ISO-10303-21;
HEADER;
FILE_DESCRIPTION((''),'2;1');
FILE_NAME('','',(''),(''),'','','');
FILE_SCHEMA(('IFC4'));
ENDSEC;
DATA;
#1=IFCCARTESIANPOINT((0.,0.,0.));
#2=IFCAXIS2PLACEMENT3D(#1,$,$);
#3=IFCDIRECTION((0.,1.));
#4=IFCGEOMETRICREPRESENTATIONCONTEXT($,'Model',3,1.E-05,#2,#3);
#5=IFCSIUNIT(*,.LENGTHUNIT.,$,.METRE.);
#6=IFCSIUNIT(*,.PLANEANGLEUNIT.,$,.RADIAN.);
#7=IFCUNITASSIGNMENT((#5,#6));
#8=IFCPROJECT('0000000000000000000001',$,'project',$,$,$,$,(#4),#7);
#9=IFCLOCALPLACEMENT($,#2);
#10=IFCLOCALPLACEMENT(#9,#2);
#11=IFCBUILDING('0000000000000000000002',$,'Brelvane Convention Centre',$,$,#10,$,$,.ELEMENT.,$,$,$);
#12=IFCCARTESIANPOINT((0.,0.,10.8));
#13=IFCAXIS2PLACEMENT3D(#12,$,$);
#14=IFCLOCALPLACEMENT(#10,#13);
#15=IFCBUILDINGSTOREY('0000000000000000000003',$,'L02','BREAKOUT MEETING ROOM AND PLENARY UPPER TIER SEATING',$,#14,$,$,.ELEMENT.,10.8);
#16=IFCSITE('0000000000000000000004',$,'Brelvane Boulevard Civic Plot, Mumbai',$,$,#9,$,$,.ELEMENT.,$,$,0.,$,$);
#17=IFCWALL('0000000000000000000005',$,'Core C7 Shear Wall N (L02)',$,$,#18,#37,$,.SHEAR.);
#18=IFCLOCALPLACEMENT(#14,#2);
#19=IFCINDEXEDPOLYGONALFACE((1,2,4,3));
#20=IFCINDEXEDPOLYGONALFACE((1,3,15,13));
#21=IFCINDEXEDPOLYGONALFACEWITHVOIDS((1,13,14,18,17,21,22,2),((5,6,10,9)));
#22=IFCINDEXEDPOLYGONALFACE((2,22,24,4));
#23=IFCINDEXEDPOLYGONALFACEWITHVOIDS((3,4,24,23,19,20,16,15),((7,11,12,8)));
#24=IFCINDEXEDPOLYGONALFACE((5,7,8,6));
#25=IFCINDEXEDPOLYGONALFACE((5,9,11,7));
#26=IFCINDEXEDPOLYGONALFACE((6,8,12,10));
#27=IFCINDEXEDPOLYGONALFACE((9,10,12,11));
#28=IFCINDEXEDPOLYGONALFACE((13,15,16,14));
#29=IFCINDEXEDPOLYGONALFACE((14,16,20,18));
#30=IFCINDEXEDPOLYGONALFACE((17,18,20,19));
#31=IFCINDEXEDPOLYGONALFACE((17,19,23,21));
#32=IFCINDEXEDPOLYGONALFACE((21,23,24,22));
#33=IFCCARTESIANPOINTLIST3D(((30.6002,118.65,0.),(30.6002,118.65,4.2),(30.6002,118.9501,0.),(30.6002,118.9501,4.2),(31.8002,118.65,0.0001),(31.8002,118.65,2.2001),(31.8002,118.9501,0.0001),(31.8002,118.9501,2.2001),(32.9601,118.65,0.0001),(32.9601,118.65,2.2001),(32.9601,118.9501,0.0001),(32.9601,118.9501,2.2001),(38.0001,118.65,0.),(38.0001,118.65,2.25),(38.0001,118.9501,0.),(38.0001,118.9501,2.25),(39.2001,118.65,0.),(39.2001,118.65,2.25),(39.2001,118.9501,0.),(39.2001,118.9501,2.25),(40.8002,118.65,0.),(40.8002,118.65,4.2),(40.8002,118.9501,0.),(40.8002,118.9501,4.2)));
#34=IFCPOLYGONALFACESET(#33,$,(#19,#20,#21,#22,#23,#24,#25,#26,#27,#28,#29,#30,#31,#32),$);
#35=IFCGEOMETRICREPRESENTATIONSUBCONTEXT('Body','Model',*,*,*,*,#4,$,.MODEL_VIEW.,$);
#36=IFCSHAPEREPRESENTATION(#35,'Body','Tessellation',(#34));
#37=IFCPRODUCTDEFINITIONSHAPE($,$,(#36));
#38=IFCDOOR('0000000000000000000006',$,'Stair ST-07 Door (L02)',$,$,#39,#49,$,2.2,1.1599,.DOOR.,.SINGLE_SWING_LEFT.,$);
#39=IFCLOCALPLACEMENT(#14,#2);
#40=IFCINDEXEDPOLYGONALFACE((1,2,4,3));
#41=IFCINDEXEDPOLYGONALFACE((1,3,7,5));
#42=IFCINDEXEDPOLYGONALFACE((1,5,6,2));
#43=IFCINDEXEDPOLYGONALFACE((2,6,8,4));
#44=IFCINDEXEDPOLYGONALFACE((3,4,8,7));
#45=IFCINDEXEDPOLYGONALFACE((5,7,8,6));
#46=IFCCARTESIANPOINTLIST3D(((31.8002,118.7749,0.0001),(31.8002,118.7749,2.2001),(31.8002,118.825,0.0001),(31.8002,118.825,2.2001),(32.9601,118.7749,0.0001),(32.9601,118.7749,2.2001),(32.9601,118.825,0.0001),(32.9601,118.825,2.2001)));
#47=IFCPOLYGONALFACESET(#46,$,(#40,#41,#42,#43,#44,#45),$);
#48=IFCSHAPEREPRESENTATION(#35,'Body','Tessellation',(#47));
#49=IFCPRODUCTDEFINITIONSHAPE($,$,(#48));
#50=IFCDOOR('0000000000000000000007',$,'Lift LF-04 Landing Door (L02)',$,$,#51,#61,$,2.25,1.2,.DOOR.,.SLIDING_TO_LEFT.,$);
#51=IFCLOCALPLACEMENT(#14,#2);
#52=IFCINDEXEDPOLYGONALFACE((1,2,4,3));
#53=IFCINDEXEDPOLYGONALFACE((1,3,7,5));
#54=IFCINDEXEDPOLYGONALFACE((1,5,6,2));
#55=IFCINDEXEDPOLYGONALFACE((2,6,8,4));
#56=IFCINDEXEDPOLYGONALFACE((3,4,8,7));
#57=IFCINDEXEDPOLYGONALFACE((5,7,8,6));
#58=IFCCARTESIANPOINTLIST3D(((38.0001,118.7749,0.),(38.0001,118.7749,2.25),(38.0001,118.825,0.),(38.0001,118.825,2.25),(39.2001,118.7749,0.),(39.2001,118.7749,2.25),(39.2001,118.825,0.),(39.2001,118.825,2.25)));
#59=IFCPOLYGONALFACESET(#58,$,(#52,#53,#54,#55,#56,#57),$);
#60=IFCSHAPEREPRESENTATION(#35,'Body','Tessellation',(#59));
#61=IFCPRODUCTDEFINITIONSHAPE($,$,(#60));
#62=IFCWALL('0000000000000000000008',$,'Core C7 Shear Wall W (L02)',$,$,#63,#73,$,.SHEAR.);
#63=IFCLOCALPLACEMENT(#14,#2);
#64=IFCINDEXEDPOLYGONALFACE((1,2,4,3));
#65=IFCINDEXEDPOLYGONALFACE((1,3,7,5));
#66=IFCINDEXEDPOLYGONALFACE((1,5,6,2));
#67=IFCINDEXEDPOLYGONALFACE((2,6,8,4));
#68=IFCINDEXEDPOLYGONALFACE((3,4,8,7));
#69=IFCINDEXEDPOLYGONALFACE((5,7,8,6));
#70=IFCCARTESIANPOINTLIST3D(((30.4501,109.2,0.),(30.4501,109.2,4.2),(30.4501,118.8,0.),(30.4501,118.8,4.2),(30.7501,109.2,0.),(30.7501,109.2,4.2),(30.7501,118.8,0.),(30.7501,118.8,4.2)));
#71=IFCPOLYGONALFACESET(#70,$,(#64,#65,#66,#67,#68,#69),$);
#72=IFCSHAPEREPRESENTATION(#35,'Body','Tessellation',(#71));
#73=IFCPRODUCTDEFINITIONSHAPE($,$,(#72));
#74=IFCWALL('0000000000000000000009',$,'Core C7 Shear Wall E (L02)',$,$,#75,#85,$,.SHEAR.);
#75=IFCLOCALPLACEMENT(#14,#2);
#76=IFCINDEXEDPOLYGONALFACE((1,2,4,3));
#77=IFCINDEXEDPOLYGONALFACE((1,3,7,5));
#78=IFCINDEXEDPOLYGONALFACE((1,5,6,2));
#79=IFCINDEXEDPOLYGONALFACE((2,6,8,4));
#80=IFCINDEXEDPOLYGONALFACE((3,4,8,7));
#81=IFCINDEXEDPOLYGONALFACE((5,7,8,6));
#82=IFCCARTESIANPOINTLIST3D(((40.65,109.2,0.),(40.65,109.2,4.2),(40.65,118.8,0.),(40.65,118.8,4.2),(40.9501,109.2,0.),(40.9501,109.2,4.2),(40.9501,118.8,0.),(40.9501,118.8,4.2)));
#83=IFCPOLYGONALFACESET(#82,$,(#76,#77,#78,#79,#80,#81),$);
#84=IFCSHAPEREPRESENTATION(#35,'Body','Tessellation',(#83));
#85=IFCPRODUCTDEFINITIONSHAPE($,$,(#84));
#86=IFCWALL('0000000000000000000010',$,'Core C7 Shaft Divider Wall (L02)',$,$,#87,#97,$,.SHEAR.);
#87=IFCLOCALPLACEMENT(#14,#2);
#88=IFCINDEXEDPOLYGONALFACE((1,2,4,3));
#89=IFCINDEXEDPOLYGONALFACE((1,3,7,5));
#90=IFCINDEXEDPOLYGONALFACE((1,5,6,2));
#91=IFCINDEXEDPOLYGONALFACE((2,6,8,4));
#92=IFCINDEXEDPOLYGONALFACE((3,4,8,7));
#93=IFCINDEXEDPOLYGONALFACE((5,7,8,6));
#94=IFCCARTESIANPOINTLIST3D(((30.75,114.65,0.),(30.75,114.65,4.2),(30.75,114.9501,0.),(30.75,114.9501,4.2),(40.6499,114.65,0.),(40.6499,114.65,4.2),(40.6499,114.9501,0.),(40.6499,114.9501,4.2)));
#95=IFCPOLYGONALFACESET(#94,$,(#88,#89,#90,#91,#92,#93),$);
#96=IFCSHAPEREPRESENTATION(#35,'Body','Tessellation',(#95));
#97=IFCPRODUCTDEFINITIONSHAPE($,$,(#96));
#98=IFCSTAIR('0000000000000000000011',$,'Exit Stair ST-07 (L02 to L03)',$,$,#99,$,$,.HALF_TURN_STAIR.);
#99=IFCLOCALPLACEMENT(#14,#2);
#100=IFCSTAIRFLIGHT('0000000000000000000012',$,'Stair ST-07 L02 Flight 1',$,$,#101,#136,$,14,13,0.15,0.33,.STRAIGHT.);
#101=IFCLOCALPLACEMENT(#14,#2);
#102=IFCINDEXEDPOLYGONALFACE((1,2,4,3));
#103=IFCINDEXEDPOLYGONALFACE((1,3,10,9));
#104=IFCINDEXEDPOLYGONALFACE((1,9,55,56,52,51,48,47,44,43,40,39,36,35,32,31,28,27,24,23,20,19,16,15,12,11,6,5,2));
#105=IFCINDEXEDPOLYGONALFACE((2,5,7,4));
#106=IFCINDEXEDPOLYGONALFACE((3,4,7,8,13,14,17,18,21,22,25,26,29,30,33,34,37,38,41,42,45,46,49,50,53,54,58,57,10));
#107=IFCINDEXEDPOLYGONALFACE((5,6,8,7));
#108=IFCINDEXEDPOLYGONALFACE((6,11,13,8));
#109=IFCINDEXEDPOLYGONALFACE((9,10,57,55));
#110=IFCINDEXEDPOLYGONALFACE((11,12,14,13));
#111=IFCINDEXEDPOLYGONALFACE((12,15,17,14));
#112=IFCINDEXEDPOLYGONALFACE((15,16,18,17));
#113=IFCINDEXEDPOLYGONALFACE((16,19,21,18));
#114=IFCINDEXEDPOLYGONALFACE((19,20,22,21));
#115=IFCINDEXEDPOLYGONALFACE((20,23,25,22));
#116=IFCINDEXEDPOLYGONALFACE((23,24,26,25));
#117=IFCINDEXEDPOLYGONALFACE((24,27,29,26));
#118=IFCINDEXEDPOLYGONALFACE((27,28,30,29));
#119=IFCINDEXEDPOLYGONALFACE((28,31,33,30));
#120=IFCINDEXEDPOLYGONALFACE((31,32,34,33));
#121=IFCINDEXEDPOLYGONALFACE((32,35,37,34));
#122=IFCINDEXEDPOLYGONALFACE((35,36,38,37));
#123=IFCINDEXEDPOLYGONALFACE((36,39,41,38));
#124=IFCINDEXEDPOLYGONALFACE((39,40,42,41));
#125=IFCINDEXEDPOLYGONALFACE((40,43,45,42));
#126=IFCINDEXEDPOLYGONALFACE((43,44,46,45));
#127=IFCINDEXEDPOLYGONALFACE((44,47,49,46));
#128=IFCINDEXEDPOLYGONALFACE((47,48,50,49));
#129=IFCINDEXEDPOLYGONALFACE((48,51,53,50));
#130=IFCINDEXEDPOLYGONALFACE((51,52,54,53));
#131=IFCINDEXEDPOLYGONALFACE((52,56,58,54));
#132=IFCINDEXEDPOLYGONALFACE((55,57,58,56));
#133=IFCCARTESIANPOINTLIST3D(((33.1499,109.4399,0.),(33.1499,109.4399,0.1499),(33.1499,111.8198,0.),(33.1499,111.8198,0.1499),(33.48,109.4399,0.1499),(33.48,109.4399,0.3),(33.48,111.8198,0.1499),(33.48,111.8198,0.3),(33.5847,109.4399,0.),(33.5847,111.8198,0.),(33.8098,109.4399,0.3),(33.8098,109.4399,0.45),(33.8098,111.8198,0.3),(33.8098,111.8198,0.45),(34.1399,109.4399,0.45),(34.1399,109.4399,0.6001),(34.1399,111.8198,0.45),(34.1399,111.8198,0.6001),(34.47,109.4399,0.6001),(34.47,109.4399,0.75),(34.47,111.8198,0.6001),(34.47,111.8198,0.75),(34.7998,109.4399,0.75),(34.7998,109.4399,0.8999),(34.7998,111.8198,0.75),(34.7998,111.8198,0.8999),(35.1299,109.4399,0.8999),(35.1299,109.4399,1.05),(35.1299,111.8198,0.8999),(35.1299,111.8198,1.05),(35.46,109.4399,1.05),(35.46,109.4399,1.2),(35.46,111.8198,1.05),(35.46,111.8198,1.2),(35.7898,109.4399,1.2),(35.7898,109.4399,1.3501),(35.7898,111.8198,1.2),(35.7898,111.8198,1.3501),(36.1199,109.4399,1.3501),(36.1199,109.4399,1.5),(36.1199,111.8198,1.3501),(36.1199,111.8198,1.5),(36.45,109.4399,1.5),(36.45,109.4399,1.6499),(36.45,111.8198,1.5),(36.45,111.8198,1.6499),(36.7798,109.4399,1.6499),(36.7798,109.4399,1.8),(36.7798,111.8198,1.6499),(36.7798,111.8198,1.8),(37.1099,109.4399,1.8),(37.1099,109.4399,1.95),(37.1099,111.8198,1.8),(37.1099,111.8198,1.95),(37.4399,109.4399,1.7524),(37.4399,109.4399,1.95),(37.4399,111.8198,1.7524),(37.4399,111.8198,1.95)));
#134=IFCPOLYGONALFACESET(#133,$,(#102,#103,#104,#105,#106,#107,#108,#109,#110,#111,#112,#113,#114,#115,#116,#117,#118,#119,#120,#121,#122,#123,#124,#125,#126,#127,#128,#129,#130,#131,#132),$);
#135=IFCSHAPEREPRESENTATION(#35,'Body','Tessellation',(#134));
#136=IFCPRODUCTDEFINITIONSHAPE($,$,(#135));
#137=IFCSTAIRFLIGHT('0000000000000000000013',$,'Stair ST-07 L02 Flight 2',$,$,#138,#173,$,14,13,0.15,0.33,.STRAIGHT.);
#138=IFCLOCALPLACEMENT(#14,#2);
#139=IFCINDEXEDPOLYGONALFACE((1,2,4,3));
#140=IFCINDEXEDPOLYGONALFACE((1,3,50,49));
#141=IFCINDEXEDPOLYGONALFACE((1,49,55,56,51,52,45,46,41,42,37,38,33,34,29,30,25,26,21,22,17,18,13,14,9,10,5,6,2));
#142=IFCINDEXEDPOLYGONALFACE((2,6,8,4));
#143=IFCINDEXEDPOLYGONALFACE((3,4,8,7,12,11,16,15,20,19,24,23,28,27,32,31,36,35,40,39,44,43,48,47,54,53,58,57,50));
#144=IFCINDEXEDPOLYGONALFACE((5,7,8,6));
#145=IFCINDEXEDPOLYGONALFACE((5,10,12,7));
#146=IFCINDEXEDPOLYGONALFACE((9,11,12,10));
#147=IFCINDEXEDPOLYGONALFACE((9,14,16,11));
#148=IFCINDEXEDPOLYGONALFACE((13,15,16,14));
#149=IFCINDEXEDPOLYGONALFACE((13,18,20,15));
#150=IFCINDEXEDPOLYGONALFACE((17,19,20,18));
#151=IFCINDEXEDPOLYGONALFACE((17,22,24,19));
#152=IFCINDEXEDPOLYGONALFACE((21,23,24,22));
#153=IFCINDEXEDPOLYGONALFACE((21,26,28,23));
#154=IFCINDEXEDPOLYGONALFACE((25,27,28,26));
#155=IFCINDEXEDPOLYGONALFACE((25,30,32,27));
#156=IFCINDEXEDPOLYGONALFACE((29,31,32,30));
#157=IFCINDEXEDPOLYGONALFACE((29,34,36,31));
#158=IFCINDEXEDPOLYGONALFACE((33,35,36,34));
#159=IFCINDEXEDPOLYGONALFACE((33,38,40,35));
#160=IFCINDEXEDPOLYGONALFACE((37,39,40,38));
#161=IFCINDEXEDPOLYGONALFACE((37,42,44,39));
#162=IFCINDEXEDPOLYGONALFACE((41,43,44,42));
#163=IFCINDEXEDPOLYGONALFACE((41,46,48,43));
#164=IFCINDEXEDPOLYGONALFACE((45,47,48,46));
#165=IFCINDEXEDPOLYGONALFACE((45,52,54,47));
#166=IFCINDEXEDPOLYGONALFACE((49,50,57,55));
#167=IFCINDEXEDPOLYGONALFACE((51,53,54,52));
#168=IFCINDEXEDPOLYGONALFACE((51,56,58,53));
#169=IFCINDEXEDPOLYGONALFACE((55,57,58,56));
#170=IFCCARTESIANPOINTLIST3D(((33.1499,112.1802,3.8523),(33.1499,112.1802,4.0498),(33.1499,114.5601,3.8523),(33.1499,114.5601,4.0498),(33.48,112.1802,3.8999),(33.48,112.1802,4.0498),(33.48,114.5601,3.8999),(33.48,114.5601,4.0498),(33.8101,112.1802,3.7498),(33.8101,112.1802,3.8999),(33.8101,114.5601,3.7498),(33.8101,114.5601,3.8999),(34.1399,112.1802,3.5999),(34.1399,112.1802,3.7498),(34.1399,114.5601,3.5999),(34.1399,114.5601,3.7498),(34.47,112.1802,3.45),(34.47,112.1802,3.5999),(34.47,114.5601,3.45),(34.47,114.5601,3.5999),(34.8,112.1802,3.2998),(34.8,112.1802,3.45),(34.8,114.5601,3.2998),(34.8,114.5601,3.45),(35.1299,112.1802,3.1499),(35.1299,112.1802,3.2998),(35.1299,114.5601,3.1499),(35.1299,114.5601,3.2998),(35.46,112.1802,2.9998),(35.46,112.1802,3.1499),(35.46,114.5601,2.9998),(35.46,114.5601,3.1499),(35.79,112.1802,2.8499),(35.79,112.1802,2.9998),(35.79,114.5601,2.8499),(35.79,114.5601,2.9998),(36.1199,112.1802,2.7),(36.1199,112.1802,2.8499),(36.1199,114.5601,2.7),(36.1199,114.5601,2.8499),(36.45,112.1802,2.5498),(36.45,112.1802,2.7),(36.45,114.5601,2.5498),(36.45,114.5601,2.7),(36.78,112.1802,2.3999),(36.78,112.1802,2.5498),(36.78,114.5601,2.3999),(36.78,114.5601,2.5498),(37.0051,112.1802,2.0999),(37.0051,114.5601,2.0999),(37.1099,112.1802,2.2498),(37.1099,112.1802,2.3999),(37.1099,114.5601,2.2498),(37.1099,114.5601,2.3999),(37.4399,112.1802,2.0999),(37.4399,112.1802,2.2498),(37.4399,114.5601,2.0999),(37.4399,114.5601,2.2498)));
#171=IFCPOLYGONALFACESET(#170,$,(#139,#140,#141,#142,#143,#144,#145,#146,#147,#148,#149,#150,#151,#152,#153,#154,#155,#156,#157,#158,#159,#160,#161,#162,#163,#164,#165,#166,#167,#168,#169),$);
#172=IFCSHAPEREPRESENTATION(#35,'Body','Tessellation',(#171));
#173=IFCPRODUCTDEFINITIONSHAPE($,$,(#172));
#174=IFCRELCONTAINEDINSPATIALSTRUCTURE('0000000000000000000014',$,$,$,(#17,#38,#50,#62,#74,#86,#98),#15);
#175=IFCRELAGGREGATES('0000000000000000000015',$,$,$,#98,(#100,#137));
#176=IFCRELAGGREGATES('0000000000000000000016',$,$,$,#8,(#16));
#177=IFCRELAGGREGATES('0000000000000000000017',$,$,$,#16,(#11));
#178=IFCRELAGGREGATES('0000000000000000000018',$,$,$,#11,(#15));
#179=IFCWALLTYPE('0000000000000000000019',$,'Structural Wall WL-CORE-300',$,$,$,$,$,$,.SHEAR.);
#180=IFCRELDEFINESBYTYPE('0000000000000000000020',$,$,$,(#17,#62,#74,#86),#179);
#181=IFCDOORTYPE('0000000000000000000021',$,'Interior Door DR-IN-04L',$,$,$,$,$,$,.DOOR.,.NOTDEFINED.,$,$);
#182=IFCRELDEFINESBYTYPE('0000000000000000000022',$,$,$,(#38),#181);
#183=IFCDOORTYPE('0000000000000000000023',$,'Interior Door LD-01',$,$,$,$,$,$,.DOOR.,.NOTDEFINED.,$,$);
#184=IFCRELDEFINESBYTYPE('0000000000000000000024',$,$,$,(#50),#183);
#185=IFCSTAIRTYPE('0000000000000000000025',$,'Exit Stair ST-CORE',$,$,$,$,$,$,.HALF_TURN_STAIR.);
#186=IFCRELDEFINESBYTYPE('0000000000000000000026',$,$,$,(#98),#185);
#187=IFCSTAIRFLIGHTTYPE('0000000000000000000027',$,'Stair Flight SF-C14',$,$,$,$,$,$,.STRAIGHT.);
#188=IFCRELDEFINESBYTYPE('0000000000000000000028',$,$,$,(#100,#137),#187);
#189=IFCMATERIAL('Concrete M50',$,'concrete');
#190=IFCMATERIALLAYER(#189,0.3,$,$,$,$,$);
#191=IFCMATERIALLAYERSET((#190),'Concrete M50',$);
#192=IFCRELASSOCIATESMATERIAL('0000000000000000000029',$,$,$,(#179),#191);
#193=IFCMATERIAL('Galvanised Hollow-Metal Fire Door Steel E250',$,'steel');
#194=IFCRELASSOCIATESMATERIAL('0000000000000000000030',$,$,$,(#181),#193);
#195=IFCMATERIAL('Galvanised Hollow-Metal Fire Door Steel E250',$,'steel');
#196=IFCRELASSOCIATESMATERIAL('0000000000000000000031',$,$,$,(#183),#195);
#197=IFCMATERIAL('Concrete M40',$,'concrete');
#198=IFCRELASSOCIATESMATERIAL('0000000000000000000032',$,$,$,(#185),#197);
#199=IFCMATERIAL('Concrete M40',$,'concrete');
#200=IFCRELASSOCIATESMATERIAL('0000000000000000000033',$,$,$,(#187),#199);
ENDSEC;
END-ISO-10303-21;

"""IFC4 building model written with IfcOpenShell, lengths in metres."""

from ifc_helpers import new_model, si_unit, direction, frame, frame_2d, origin, place, context, subcontext, project, spatial, polyline, rectangle, outline, extrude, material, layer, layer_set, type_object, element, fill, aggregate, save


model = new_model("IFC4")

# Units and contexts
model_context = context("Model", 3, precision=1e-05, world=origin(), true_north=direction((0.0, 1.0)))
body_context = subcontext(model_context, "Body", "Model", "MODEL_VIEW")
ifc_project = project(units=[si_unit("LENGTHUNIT", "METRE"), si_unit("PLANEANGLEUNIT", "RADIAN")], contexts=[model_context])

# Site, building, storey
site_placement = place(None, origin())
site = spatial("IfcSite", under=ifc_project, at=site_placement, Name="Brelvane Boulevard Civic Plot, Mumbai", CompositionType="ELEMENT", RefElevation=0.0)
building_placement = place(site_placement, origin())
building = spatial("IfcBuilding", under=site, at=building_placement, Name="Brelvane Convention Centre", CompositionType="ELEMENT")
storey_placement = place(building_placement, frame((0.0, 0.0, 10.8)))
storey = spatial("IfcBuildingStorey", under=building, at=storey_placement, Name="L02", Description="BREAKOUT MEETING ROOM AND PLENARY UPPER TIER SEATING", CompositionType="ELEMENT", Elevation=10.8)

# Shared definitions
ifc_material_1 = material(Name="Concrete M50", Category="concrete")
ifc_layer_1 = layer(ifc_material_1, 0.3)
ifc_layer_set_1 = layer_set([ifc_layer_1], Name="Concrete M50")
wall_type_1 = type_object("IfcWallType", Name="Structural Wall WL-CORE-300", PredefinedType="SHEAR", material=ifc_layer_set_1)

# Wall, openings, doors
wall_1_placement = place(storey_placement, frame((30.6001, 118.8, 0.0), z_axis=(0.0, 0.0, 1.0), x_axis=(1.0, 0.0, 0.0)))
wall_1 = element("IfcWall", 1, at=wall_1_placement, inside=storey, type_object=wall_type_1, Name="Core C7 Shear Wall N (L02)", PredefinedType="SHEAR", context=body_context, shape_type="SweptSolid", body=[
    extrude(rectangle(XDim=10.2, YDim=0.3, at=frame_2d((5.1001, 0.0))), origin(), (0.0, 0.0, 1.0), 4.2),
])
opening_1_placement = place(wall_1_placement, frame((1.2, 0.0, 0.0)))
opening_1 = element("IfcOpeningElement", 2, at=opening_1_placement, cuts=wall_1, PredefinedType="OPENING", context=body_context, shape_type="SweptSolid", body=[
    extrude(rectangle(XDim=1.1599, YDim=2.2, at=frame_2d((0.5801, 1.1001))), frame((0.0, 0.1599, 0.0), z_axis=(0.0, -1.0, 0.0), x_axis=(1.0, 0.0, 0.0)), (0.0, 0.0, 1.0), 0.3201),
])
opening_2_placement = place(wall_1_placement, frame((7.3999, 0.0, 0.0)))
opening_2 = element("IfcOpeningElement", 3, at=opening_2_placement, cuts=wall_1, PredefinedType="OPENING", context=body_context, shape_type="SweptSolid", body=[
    extrude(rectangle(XDim=1.2, YDim=2.25, at=frame_2d((0.6001, 1.125))), frame((0.0, 0.1599, 0.0), z_axis=(0.0, -1.0, 0.0), x_axis=(1.0, 0.0, 0.0)), (0.0, 0.0, 1.0), 0.3201),
])
ifc_material_2 = material(Name="Galvanised Hollow-Metal Fire Door Steel E250", Category="steel")
door_type_1 = type_object("IfcDoorType", Name="Interior Door DR-IN-04L", OperationType="NOTDEFINED", PredefinedType="DOOR", material=ifc_material_2)
door_1_placement = place(opening_1_placement, origin())
door_1 = element("IfcDoor", 4, at=door_1_placement, inside=storey, type_object=door_type_1, Name="Stair ST-07 Door (L02)", OperationType="SINGLE_SWING_LEFT", OverallHeight=2.2, OverallWidth=1.1599, PredefinedType="DOOR", context=body_context, shape_type="SweptSolid", body=[
    extrude(rectangle(XDim=1.1599, YDim=2.2, at=frame_2d((0.5801, 1.1001))), frame((0.0, 0.0249, 0.0), z_axis=(0.0, -1.0, 0.0), x_axis=(1.0, 0.0, 0.0)), (0.0, 0.0, 1.0), 0.05),
])
fill(opening_1, door_1)
ifc_material_3 = material(Name="Galvanised Hollow-Metal Fire Door Steel E250", Category="steel")
door_type_2 = type_object("IfcDoorType", Name="Interior Door LD-01", OperationType="NOTDEFINED", PredefinedType="DOOR", material=ifc_material_3)
door_2_placement = place(opening_2_placement, origin())
door_2 = element("IfcDoor", 5, at=door_2_placement, inside=storey, type_object=door_type_2, Name="Lift LF-04 Landing Door (L02)", OperationType="SLIDING_TO_LEFT", OverallHeight=2.25, OverallWidth=1.2, PredefinedType="DOOR", context=body_context, shape_type="SweptSolid", body=[
    extrude(rectangle(XDim=1.2, YDim=2.25, at=frame_2d((0.6001, 1.125))), frame((0.0, 0.0249, 0.0), z_axis=(0.0, -1.0, 0.0), x_axis=(1.0, 0.0, 0.0)), (0.0, 0.0, 1.0), 0.05),
])
fill(opening_2, door_2)

# Walls
for number, where, z_axis, x_axis, name in (
    (6, (30.6001, 109.2, 0.0), (0.0, 0.0, 1.0), (0.0, 1.0, 0.0), "Core C7 Shear Wall W (L02)"),
    (7, (40.8, 109.2, 0.0), (0.0, 0.0, 1.0), (0.0, 1.0, 0.0), "Core C7 Shear Wall E (L02)"),
):
    element("IfcWall", number, at=place(storey_placement, frame(where, z_axis=z_axis, x_axis=x_axis)), inside=storey, type_object=wall_type_1, Name=name, PredefinedType="SHEAR", context=body_context, shape_type="SweptSolid", body=[
        extrude(rectangle(XDim=9.6001, YDim=0.3, at=frame_2d((4.8, 0.0))), origin(), (0.0, 0.0, 1.0), 4.2),
    ])
wall_2_placement = place(storey_placement, frame((30.75, 114.8, 0.0), z_axis=(0.0, 0.0, 1.0), x_axis=(1.0, 0.0, 0.0)))
element("IfcWall", 8, at=wall_2_placement, inside=storey, type_object=wall_type_1, Name="Core C7 Shaft Divider Wall (L02)", PredefinedType="SHEAR", context=body_context, shape_type="SweptSolid", body=[
    extrude(rectangle(XDim=9.8999, YDim=0.3, at=frame_2d((4.95, 0.0))), origin(), (0.0, 0.0, 1.0), 4.2),
])

# Stair, stair flights
ifc_material_4 = material(Name="Concrete M40", Category="concrete")
stair_type = type_object("IfcStairType", Name="Exit Stair ST-CORE", PredefinedType="HALF_TURN_STAIR", material=ifc_material_4)
stair_placement = place(storey_placement, origin())
stair = element("IfcStair", 9, at=stair_placement, inside=storey, type_object=stair_type, Name="Exit Stair ST-07 (L02 to L03)", PredefinedType="HALF_TURN_STAIR")
ifc_material_5 = material(Name="Concrete M40", Category="concrete")
stair_flight_type = type_object("IfcStairFlightType", Name="Stair Flight SF-C14", PredefinedType="STRAIGHT", material=ifc_material_5)
stair_flight_1_placement = place(storey_placement, frame((33.1499, 110.6299, 0.0), z_axis=(0.0, 0.0, 1.0), x_axis=(1.0, 0.0, 0.0)))
stair_flight_1 = element("IfcStairFlight", 10, at=stair_flight_1_placement, type_object=stair_flight_type, Name="Stair ST-07 L02 Flight 1", NumberOfRisers=14, NumberOfTreads=13, PredefinedType="STRAIGHT", RiserHeight=0.15, TreadLength=0.33, context=body_context, shape_type="SweptSolid", body=[
    extrude(outline(polyline([(0.0, 0.0), (0.0, 0.1499), (0.3301, 0.1499), (0.3301, 0.3), (0.6599, 0.3), (0.6599, 0.45), (0.99, 0.45), (0.99, 0.6001), (1.3201, 0.6001), (1.3201, 0.75), (1.6499, 0.75), (1.6499, 0.8999), (1.98, 0.8999), (1.98, 1.05), (2.3101, 1.05), (2.3101, 1.2), (2.6399, 1.2), (2.6399, 1.3501), (2.97, 1.3501), (2.97, 1.5), (3.3, 1.5), (3.3, 1.6499), (3.6299, 1.6499), (3.6299, 1.8), (3.96, 1.8), (3.96, 1.95), (4.29, 1.95), (4.29, 2.1001), (4.29, 1.7524), (0.4348, 0.0), (0.0, 0.0)])), frame((0.0, 1.1899, 0.0), z_axis=(0.0, -1.0, 0.0), x_axis=(1.0, 0.0, 0.0)), (0.0, 0.0, 1.0), 2.3799),
])
stair_flight_2_placement = place(storey_placement, frame((37.4399, 113.3701, 2.0999), z_axis=(0.0, 0.0, 1.0), x_axis=(-1.0, 0.0, 0.0)))
stair_flight_2 = element("IfcStairFlight", 11, at=stair_flight_2_placement, type_object=stair_flight_type, Name="Stair ST-07 L02 Flight 2", NumberOfRisers=14, NumberOfTreads=13, PredefinedType="STRAIGHT", RiserHeight=0.15, TreadLength=0.33, context=body_context, shape_type="SweptSolid", body=[
    extrude(outline(polyline([(0.0, 0.0), (0.0, 0.1499), (0.3301, 0.1499), (0.3301, 0.3), (0.6599, 0.3), (0.6599, 0.45), (0.99, 0.45), (0.99, 0.6001), (1.3201, 0.6001), (1.3201, 0.75), (1.6499, 0.75), (1.6499, 0.8999), (1.98, 0.8999), (1.98, 1.05), (2.3101, 1.05), (2.3101, 1.2), (2.6399, 1.2), (2.6399, 1.3501), (2.97, 1.3501), (2.97, 1.5), (3.3, 1.5), (3.3, 1.6499), (3.6299, 1.6499), (3.6299, 1.8), (3.96, 1.8), (3.96, 1.95), (4.29, 1.95), (4.29, 2.1001), (4.29, 1.7524), (0.4348, 0.0), (0.0, 0.0)])), frame((0.0, 1.1899, 0.0), z_axis=(0.0, -1.0, 0.0), x_axis=(1.0, 0.0, 0.0)), (0.0, 0.0, 1.0), 2.3799),
])
aggregate(stair, [stair_flight_1, stair_flight_2])

save(model, "model.ifc")
